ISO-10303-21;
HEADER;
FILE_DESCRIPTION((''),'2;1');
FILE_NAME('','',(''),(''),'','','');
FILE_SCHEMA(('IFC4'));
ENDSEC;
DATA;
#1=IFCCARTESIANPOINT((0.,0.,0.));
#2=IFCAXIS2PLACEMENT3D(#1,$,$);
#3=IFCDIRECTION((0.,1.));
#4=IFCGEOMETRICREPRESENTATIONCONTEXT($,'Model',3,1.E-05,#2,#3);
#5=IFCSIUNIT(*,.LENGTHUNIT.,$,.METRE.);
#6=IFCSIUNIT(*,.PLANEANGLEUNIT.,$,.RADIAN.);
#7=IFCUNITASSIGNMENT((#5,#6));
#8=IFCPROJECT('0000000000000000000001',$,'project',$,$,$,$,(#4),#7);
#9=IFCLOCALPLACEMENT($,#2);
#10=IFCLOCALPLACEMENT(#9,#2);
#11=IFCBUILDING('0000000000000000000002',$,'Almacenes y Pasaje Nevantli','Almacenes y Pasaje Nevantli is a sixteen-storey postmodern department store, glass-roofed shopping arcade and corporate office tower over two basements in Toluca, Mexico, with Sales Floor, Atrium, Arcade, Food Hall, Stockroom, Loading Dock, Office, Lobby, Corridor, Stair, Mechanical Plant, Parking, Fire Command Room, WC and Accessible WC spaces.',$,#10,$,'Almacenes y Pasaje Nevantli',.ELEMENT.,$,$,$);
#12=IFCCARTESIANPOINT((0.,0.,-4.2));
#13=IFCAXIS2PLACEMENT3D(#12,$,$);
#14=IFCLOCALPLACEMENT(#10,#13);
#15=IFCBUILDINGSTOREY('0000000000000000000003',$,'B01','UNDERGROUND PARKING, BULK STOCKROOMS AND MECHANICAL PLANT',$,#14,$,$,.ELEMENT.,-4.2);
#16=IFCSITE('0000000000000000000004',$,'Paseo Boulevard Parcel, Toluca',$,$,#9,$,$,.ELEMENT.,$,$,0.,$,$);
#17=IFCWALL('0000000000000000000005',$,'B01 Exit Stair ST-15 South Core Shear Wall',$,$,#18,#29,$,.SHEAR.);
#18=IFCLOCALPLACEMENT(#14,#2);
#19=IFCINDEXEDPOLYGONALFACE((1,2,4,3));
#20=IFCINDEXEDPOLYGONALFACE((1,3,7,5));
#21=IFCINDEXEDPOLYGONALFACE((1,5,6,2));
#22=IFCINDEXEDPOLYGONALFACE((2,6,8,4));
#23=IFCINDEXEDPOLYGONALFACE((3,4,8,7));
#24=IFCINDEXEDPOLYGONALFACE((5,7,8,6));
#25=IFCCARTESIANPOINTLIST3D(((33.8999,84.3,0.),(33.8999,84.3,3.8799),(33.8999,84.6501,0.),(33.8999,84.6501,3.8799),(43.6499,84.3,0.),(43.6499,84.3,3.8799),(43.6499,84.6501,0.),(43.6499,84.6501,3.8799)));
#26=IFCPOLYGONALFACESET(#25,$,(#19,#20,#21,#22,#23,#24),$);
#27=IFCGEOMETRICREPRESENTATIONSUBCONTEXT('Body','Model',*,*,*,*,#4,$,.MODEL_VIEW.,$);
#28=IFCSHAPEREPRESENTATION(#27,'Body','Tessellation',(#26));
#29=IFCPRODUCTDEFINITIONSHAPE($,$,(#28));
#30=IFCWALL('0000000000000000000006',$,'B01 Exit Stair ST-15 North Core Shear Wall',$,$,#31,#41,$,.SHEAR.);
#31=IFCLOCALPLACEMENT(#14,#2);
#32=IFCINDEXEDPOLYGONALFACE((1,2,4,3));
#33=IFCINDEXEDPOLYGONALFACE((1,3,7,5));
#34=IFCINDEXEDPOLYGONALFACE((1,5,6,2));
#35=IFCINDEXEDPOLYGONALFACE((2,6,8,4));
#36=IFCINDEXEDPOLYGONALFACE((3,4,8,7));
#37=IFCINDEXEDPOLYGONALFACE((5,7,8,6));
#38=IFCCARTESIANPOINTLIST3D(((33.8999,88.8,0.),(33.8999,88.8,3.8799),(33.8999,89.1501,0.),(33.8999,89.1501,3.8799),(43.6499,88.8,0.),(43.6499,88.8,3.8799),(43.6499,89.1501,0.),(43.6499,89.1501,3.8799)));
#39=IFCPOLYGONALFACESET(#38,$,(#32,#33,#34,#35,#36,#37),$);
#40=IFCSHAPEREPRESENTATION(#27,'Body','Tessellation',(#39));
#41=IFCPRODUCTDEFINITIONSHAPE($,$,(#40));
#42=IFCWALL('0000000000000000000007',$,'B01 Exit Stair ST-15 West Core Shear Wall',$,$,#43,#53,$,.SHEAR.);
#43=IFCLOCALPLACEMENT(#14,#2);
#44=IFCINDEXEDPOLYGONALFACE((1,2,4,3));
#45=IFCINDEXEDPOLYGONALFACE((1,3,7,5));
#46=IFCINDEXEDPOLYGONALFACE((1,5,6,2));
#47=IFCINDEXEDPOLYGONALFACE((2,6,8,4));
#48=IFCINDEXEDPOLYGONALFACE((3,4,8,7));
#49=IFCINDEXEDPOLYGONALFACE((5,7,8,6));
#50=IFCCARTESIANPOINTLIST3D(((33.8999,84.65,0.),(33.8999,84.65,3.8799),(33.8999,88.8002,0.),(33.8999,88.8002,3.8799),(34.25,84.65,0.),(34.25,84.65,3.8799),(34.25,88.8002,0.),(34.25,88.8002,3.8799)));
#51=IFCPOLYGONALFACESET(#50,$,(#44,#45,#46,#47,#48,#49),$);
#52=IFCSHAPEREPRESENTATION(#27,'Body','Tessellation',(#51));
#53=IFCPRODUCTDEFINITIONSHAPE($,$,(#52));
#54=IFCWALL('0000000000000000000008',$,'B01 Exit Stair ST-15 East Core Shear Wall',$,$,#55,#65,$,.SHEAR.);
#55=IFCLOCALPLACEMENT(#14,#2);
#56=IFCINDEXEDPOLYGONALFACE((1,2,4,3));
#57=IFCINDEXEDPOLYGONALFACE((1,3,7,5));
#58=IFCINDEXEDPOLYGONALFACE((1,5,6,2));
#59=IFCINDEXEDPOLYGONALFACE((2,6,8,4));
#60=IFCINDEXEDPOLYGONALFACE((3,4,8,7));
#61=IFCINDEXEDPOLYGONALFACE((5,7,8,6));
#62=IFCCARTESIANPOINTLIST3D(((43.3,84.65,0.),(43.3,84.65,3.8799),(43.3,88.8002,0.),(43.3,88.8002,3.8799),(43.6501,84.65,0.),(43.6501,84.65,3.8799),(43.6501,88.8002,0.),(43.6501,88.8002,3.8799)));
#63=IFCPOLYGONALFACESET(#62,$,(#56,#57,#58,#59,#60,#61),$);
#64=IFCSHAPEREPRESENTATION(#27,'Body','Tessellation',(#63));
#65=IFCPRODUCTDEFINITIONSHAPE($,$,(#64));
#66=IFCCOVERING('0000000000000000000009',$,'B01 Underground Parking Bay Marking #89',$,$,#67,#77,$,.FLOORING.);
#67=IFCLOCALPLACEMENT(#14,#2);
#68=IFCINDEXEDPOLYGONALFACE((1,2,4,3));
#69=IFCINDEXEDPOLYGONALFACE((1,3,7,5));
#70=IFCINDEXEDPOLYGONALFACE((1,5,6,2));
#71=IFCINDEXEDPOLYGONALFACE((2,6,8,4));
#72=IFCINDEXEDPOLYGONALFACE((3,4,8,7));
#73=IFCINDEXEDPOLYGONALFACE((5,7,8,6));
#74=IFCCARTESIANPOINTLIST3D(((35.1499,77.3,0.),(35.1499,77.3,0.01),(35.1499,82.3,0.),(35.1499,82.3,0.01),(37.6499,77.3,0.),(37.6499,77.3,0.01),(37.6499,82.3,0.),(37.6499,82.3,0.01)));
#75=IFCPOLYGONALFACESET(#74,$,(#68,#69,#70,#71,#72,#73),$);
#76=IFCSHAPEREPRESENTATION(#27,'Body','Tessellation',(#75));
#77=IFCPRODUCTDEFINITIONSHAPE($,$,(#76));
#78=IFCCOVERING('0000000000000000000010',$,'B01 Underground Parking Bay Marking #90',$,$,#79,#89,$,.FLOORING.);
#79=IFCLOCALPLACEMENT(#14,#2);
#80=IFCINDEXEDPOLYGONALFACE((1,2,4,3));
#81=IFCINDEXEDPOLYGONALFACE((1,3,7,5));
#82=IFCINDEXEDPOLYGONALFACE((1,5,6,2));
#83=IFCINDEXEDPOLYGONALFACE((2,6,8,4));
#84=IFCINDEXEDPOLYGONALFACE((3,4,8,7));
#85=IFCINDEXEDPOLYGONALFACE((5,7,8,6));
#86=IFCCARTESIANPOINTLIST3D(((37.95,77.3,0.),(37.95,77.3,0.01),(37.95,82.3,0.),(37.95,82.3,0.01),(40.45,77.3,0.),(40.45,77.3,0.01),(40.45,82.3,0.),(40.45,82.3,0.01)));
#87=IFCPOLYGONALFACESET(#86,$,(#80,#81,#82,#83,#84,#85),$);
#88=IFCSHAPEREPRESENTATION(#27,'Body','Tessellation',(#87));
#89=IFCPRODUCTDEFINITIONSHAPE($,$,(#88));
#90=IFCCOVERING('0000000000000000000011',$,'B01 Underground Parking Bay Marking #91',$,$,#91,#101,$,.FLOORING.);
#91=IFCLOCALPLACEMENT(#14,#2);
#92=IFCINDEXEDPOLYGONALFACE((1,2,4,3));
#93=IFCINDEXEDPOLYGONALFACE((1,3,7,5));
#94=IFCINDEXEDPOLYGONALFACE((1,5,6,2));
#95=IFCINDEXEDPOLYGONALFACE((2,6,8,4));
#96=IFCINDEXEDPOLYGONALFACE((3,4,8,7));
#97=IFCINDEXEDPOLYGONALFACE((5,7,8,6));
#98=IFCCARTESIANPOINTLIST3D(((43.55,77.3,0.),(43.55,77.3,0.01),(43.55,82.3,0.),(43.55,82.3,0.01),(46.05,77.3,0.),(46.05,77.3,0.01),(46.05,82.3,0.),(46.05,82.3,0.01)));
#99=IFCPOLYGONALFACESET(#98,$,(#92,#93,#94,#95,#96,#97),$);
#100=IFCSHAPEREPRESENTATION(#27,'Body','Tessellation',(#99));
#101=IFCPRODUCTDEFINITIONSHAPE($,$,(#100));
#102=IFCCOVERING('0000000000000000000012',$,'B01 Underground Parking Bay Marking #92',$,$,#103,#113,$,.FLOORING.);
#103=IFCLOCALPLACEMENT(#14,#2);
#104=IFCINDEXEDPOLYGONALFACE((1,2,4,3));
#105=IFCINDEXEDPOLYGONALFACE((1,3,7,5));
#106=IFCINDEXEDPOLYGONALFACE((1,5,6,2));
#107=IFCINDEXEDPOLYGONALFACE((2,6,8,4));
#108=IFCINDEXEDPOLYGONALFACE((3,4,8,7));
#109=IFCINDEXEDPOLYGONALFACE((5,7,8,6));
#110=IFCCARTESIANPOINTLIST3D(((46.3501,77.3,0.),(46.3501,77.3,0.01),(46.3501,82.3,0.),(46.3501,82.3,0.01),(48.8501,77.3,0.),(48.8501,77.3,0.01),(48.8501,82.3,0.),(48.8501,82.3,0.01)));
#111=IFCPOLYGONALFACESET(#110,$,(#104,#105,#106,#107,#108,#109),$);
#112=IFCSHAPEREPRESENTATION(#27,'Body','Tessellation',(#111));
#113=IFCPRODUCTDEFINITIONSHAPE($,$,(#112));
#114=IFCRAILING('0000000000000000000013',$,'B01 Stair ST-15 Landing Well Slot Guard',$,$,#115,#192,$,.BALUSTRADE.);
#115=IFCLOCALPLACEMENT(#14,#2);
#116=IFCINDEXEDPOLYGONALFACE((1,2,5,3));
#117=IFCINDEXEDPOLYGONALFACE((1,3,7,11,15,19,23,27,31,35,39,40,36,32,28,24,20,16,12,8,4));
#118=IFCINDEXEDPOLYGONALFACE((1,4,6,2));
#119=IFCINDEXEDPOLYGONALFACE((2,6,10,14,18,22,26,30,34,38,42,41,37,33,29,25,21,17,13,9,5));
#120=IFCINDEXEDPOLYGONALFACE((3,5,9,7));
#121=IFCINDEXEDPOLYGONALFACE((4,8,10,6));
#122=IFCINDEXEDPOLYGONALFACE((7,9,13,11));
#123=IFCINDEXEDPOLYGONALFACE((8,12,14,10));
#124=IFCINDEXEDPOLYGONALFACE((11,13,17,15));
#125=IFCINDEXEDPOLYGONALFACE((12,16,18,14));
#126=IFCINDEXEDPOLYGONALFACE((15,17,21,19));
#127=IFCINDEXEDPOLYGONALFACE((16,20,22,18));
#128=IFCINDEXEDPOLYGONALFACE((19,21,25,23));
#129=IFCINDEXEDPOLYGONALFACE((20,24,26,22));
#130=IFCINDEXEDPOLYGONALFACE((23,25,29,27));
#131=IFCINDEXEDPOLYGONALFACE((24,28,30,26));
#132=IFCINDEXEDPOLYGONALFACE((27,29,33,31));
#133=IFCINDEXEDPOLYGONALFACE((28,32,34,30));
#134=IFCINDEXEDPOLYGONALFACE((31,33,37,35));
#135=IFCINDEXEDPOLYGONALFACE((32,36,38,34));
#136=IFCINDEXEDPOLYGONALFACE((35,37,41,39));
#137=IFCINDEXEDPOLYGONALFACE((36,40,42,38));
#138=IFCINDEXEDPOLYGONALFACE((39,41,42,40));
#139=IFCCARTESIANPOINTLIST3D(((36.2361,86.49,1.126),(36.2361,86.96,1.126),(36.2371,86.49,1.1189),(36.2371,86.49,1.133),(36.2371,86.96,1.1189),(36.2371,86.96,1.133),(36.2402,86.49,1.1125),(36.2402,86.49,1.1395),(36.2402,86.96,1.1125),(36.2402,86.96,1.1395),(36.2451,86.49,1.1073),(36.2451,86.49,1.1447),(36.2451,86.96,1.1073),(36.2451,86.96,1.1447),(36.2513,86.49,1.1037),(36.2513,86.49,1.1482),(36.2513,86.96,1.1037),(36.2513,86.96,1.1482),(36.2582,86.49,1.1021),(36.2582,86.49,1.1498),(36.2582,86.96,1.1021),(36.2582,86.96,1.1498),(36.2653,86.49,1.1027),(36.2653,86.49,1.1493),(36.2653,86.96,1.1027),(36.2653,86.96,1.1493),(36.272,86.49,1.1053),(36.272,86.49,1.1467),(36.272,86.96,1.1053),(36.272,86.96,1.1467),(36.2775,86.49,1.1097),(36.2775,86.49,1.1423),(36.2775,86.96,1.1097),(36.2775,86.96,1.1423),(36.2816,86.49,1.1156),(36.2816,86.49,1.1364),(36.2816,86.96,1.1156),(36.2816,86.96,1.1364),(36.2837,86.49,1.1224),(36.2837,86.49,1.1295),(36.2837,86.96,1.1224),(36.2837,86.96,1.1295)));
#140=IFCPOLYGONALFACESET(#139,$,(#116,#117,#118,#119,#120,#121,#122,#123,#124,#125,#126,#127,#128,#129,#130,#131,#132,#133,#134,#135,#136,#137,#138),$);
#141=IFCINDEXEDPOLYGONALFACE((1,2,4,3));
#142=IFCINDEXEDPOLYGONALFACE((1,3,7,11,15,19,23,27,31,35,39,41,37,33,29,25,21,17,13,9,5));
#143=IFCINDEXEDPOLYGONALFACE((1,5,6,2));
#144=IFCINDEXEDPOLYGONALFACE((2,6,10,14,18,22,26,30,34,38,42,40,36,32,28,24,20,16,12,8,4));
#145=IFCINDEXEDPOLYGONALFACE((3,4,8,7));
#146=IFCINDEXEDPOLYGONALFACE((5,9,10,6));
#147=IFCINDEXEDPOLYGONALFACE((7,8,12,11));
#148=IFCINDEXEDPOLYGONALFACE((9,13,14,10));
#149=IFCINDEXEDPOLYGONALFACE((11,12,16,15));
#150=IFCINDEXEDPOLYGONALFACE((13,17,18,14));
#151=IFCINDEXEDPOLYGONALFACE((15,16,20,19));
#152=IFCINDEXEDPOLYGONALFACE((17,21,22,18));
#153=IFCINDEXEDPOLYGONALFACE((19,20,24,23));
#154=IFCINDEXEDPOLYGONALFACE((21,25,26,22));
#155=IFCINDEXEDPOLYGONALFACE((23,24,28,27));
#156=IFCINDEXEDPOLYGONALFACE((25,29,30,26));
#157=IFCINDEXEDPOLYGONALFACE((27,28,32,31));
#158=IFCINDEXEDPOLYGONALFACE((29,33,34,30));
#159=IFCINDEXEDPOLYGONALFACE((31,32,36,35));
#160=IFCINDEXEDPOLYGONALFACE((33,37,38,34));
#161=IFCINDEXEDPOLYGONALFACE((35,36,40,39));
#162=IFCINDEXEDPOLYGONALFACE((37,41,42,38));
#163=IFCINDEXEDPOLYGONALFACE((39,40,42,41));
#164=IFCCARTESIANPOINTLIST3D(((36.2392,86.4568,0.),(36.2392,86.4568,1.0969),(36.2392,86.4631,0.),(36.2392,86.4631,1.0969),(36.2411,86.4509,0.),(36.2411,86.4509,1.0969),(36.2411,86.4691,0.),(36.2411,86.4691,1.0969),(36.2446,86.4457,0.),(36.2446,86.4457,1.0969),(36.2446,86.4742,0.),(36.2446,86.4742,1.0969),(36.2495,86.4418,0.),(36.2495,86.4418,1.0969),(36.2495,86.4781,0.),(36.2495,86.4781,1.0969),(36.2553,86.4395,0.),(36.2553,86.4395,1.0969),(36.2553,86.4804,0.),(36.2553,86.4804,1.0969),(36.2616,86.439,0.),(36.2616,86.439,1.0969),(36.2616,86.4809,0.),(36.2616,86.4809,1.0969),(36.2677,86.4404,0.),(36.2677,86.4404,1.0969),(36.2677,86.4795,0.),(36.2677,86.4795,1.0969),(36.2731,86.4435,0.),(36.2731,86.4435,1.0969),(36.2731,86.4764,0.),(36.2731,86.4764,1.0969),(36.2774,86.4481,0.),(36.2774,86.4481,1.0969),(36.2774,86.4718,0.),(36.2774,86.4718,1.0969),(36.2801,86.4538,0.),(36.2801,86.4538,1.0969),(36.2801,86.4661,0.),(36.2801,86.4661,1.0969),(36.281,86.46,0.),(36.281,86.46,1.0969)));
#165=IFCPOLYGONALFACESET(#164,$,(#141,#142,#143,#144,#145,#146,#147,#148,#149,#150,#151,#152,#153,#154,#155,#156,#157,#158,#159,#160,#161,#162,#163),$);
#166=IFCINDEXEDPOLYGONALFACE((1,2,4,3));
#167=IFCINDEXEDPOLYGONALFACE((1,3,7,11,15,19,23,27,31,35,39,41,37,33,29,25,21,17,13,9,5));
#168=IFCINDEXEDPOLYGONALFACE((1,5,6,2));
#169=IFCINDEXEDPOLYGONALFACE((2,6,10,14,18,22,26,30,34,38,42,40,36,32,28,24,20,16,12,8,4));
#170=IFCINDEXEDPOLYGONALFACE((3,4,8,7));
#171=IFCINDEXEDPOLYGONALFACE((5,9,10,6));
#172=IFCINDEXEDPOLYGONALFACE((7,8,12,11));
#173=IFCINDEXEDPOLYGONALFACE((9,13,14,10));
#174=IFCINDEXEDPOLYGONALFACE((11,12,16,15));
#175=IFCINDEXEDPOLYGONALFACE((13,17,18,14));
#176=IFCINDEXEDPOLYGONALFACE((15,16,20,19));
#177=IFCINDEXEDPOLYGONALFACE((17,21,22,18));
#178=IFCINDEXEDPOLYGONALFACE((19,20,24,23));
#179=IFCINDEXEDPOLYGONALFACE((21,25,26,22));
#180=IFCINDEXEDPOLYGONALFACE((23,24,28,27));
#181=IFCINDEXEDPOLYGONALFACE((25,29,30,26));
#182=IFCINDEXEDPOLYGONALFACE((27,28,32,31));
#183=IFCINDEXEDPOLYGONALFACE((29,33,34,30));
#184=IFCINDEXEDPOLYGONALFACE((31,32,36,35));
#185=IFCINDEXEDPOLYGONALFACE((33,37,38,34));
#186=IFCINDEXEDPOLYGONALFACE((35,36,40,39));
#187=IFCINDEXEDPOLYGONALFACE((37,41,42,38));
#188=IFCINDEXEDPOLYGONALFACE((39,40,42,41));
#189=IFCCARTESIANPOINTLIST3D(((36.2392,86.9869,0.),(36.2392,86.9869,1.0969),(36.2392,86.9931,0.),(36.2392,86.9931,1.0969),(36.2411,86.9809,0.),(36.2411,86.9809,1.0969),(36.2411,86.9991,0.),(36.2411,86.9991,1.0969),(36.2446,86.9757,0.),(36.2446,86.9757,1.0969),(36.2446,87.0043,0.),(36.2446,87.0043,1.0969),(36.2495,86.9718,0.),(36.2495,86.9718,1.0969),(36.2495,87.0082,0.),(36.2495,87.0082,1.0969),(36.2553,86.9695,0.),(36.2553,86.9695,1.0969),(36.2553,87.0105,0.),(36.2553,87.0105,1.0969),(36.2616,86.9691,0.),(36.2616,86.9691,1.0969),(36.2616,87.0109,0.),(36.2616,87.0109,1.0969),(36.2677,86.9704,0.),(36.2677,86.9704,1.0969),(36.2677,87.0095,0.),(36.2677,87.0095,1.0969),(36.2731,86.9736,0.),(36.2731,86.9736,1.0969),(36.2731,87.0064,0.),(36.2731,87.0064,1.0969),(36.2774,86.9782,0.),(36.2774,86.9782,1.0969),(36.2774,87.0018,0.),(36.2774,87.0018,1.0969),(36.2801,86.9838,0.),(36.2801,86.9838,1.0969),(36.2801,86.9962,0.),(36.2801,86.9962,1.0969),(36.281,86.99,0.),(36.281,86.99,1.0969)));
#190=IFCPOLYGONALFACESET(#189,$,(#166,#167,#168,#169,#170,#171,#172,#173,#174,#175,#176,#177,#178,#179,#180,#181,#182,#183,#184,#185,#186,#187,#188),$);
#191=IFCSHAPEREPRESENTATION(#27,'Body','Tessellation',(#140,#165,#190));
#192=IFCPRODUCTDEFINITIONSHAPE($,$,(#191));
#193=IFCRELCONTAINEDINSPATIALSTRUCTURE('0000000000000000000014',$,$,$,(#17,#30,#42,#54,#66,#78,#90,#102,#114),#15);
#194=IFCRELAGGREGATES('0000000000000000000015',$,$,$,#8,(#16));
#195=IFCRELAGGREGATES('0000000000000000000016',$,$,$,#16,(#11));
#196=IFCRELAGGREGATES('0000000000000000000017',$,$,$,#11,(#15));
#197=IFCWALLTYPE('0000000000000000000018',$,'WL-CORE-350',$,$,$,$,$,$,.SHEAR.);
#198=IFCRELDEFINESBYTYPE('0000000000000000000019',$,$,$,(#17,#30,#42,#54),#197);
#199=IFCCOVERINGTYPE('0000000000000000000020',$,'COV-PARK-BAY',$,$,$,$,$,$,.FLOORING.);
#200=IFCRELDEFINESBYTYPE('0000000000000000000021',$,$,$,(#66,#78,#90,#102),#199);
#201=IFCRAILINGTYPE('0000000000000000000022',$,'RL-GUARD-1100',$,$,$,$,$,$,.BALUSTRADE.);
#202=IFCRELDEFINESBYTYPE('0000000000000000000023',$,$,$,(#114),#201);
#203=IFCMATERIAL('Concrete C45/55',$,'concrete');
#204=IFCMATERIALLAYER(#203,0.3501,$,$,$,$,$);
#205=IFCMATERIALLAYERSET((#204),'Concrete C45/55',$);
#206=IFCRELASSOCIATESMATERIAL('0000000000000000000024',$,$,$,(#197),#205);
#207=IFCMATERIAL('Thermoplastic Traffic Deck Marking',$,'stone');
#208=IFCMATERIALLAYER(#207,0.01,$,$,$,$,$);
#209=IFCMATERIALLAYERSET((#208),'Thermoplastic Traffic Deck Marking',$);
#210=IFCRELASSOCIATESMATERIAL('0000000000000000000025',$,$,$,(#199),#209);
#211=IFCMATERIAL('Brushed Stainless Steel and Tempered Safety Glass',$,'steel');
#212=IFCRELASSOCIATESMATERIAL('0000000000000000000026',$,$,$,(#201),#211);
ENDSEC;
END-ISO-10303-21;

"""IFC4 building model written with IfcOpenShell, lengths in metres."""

from ifc_helpers import new_model, si_unit, direction, frame, frame_2d, origin, origin_2d, place, context, subcontext, project, spatial, rectangle, circle, extrude, material, layer, layer_set, type_object, element, save


model = new_model("IFC4")

# Units and contexts
model_context = context("Model", 3, precision=1e-05, world=origin(), true_north=direction((0.0, 1.0)))
body_context = subcontext(model_context, "Body", "Model", "MODEL_VIEW")
ifc_project = project(units=[si_unit("LENGTHUNIT", "METRE"), si_unit("PLANEANGLEUNIT", "RADIAN")], contexts=[model_context])

# Site, building, storey
site_placement = place(None, origin())
site = spatial("IfcSite", under=ifc_project, at=site_placement, Name="Paseo Boulevard Parcel, Toluca", CompositionType="ELEMENT", RefElevation=0.0)
building_placement = place(site_placement, origin())
building = spatial("IfcBuilding", under=site, at=building_placement, Name="Almacenes y Pasaje Nevantli", Description="Almacenes y Pasaje Nevantli is a sixteen-storey postmodern department store, glass-roofed shopping arcade and corporate office tower over two basements in Toluca, Mexico, with Sales Floor, Atrium, Arcade, Food Hall, Stockroom, Loading Dock, Office, Lobby, Corridor, Stair, Mechanical Plant, Parking, Fire Command Room, WC and Accessible WC spaces.", LongName="Almacenes y Pasaje Nevantli", CompositionType="ELEMENT")
storey_placement = place(building_placement, frame((0.0, 0.0, -4.2)))
storey = spatial("IfcBuildingStorey", under=building, at=storey_placement, Name="B01", Description="UNDERGROUND PARKING, BULK STOCKROOMS AND MECHANICAL PLANT", CompositionType="ELEMENT", Elevation=-4.2)

# Walls
ifc_material_1 = material(Name="Concrete C45/55", Category="concrete")
ifc_layer_1 = layer(ifc_material_1, 0.3501)
ifc_layer_set_1 = layer_set([ifc_layer_1], Name="Concrete C45/55")
wall_type = type_object("IfcWallType", Name="WL-CORE-350", PredefinedType="SHEAR", material=ifc_layer_set_1)
for number, where, z_axis, x_axis, name in (
    (1, (33.8999, 84.4751, 0.0), (0.0, 0.0, 1.0), (1.0, 0.0, 0.0), "B01 Exit Stair ST-15 South Core Shear Wall"),
    (2, (33.8999, 88.9751, 0.0), (0.0, 0.0, 1.0), (1.0, 0.0, 0.0), "B01 Exit Stair ST-15 North Core Shear Wall"),
):
    element("IfcWall", number, at=place(storey_placement, frame(where, z_axis=z_axis, x_axis=x_axis)), inside=storey, type_object=wall_type, Name=name, PredefinedType="SHEAR", context=body_context, shape_type="SweptSolid", body=[
        extrude(rectangle(XDim=9.75, YDim=0.3501, at=frame_2d((4.875, 0.0))), origin(), (0.0, 0.0, 1.0), 3.8799),
    ])
for number, where, z_axis, x_axis, name in (
    (3, (34.075, 84.6499, 0.0), (0.0, 0.0, 1.0), (0.0, 1.0, 0.0), "B01 Exit Stair ST-15 West Core Shear Wall"),
    (4, (43.4751, 84.6499, 0.0), (0.0, 0.0, 1.0), (0.0, 1.0, 0.0), "B01 Exit Stair ST-15 East Core Shear Wall"),
):
    element("IfcWall", number, at=place(storey_placement, frame(where, z_axis=z_axis, x_axis=x_axis)), inside=storey, type_object=wall_type, Name=name, PredefinedType="SHEAR", context=body_context, shape_type="SweptSolid", body=[
        extrude(rectangle(XDim=4.1501, YDim=0.3501, at=frame_2d((2.0752, 0.0))), origin(), (0.0, 0.0, 1.0), 3.8799),
    ])

# Coverings
ifc_material_2 = material(Name="Thermoplastic Traffic Deck Marking", Category="stone")
ifc_layer_2 = layer(ifc_material_2, 0.01)
ifc_layer_set_2 = layer_set([ifc_layer_2], Name="Thermoplastic Traffic Deck Marking")
covering_type = type_object("IfcCoveringType", Name="COV-PARK-BAY", PredefinedType="FLOORING", material=ifc_layer_set_2)
for number, where, z_axis, x_axis, name in (
    (5, (36.3999, 79.8, 0.0), (0.0, 0.0, 1.0), (1.0, 0.0, 0.0), "B01 Underground Parking Bay Marking #89"),
    (6, (39.2, 79.8, 0.0), (0.0, 0.0, 1.0), (1.0, 0.0, 0.0), "B01 Underground Parking Bay Marking #90"),
    (7, (44.8, 79.8, 0.0), (0.0, 0.0, 1.0), (1.0, 0.0, 0.0), "B01 Underground Parking Bay Marking #91"),
    (8, (47.6001, 79.8, 0.0), (0.0, 0.0, 1.0), (1.0, 0.0, 0.0), "B01 Underground Parking Bay Marking #92"),
):
    element("IfcCovering", number, at=place(storey_placement, frame(where, z_axis=z_axis, x_axis=x_axis)), inside=storey, type_object=covering_type, Name=name, PredefinedType="FLOORING", context=body_context, shape_type="SweptSolid", body=[
        extrude(rectangle(XDim=2.5, YDim=5.0, at=origin_2d()), origin(), (0.0, 0.0, 1.0), 0.01),
    ])

# Railing
ifc_material_3 = material(Name="Brushed Stainless Steel and Tempered Safety Glass", Category="steel")
railing_type = type_object("IfcRailingType", Name="RL-GUARD-1100", PredefinedType="BALUSTRADE", material=ifc_material_3)
railing_placement = place(storey_placement, frame((36.26, 86.46, 0.0)))
element("IfcRailing", 9, at=railing_placement, inside=storey, type_object=railing_type, Name="B01 Stair ST-15 Landing Well Slot Guard", PredefinedType="BALUSTRADE", context=body_context, shape_type="SweptSolid", body=[
    extrude(circle(Radius=0.0239, at=origin_2d()), frame((0.0, 0.03, 1.126), z_axis=(0.0, 1.0, 0.0), x_axis=(-1.0, 0.0, 0.0)), (0.0, 0.0, 1.0), 0.47),
    extrude(circle(Radius=0.021, at=origin_2d()), origin(), (0.0, 0.0, 1.0), 1.0969),
    extrude(circle(Radius=0.021, at=origin_2d()), frame((0.0, 0.53, 0.0)), (0.0, 0.0, 1.0), 1.0969),
])

save(model, "model.ifc")
